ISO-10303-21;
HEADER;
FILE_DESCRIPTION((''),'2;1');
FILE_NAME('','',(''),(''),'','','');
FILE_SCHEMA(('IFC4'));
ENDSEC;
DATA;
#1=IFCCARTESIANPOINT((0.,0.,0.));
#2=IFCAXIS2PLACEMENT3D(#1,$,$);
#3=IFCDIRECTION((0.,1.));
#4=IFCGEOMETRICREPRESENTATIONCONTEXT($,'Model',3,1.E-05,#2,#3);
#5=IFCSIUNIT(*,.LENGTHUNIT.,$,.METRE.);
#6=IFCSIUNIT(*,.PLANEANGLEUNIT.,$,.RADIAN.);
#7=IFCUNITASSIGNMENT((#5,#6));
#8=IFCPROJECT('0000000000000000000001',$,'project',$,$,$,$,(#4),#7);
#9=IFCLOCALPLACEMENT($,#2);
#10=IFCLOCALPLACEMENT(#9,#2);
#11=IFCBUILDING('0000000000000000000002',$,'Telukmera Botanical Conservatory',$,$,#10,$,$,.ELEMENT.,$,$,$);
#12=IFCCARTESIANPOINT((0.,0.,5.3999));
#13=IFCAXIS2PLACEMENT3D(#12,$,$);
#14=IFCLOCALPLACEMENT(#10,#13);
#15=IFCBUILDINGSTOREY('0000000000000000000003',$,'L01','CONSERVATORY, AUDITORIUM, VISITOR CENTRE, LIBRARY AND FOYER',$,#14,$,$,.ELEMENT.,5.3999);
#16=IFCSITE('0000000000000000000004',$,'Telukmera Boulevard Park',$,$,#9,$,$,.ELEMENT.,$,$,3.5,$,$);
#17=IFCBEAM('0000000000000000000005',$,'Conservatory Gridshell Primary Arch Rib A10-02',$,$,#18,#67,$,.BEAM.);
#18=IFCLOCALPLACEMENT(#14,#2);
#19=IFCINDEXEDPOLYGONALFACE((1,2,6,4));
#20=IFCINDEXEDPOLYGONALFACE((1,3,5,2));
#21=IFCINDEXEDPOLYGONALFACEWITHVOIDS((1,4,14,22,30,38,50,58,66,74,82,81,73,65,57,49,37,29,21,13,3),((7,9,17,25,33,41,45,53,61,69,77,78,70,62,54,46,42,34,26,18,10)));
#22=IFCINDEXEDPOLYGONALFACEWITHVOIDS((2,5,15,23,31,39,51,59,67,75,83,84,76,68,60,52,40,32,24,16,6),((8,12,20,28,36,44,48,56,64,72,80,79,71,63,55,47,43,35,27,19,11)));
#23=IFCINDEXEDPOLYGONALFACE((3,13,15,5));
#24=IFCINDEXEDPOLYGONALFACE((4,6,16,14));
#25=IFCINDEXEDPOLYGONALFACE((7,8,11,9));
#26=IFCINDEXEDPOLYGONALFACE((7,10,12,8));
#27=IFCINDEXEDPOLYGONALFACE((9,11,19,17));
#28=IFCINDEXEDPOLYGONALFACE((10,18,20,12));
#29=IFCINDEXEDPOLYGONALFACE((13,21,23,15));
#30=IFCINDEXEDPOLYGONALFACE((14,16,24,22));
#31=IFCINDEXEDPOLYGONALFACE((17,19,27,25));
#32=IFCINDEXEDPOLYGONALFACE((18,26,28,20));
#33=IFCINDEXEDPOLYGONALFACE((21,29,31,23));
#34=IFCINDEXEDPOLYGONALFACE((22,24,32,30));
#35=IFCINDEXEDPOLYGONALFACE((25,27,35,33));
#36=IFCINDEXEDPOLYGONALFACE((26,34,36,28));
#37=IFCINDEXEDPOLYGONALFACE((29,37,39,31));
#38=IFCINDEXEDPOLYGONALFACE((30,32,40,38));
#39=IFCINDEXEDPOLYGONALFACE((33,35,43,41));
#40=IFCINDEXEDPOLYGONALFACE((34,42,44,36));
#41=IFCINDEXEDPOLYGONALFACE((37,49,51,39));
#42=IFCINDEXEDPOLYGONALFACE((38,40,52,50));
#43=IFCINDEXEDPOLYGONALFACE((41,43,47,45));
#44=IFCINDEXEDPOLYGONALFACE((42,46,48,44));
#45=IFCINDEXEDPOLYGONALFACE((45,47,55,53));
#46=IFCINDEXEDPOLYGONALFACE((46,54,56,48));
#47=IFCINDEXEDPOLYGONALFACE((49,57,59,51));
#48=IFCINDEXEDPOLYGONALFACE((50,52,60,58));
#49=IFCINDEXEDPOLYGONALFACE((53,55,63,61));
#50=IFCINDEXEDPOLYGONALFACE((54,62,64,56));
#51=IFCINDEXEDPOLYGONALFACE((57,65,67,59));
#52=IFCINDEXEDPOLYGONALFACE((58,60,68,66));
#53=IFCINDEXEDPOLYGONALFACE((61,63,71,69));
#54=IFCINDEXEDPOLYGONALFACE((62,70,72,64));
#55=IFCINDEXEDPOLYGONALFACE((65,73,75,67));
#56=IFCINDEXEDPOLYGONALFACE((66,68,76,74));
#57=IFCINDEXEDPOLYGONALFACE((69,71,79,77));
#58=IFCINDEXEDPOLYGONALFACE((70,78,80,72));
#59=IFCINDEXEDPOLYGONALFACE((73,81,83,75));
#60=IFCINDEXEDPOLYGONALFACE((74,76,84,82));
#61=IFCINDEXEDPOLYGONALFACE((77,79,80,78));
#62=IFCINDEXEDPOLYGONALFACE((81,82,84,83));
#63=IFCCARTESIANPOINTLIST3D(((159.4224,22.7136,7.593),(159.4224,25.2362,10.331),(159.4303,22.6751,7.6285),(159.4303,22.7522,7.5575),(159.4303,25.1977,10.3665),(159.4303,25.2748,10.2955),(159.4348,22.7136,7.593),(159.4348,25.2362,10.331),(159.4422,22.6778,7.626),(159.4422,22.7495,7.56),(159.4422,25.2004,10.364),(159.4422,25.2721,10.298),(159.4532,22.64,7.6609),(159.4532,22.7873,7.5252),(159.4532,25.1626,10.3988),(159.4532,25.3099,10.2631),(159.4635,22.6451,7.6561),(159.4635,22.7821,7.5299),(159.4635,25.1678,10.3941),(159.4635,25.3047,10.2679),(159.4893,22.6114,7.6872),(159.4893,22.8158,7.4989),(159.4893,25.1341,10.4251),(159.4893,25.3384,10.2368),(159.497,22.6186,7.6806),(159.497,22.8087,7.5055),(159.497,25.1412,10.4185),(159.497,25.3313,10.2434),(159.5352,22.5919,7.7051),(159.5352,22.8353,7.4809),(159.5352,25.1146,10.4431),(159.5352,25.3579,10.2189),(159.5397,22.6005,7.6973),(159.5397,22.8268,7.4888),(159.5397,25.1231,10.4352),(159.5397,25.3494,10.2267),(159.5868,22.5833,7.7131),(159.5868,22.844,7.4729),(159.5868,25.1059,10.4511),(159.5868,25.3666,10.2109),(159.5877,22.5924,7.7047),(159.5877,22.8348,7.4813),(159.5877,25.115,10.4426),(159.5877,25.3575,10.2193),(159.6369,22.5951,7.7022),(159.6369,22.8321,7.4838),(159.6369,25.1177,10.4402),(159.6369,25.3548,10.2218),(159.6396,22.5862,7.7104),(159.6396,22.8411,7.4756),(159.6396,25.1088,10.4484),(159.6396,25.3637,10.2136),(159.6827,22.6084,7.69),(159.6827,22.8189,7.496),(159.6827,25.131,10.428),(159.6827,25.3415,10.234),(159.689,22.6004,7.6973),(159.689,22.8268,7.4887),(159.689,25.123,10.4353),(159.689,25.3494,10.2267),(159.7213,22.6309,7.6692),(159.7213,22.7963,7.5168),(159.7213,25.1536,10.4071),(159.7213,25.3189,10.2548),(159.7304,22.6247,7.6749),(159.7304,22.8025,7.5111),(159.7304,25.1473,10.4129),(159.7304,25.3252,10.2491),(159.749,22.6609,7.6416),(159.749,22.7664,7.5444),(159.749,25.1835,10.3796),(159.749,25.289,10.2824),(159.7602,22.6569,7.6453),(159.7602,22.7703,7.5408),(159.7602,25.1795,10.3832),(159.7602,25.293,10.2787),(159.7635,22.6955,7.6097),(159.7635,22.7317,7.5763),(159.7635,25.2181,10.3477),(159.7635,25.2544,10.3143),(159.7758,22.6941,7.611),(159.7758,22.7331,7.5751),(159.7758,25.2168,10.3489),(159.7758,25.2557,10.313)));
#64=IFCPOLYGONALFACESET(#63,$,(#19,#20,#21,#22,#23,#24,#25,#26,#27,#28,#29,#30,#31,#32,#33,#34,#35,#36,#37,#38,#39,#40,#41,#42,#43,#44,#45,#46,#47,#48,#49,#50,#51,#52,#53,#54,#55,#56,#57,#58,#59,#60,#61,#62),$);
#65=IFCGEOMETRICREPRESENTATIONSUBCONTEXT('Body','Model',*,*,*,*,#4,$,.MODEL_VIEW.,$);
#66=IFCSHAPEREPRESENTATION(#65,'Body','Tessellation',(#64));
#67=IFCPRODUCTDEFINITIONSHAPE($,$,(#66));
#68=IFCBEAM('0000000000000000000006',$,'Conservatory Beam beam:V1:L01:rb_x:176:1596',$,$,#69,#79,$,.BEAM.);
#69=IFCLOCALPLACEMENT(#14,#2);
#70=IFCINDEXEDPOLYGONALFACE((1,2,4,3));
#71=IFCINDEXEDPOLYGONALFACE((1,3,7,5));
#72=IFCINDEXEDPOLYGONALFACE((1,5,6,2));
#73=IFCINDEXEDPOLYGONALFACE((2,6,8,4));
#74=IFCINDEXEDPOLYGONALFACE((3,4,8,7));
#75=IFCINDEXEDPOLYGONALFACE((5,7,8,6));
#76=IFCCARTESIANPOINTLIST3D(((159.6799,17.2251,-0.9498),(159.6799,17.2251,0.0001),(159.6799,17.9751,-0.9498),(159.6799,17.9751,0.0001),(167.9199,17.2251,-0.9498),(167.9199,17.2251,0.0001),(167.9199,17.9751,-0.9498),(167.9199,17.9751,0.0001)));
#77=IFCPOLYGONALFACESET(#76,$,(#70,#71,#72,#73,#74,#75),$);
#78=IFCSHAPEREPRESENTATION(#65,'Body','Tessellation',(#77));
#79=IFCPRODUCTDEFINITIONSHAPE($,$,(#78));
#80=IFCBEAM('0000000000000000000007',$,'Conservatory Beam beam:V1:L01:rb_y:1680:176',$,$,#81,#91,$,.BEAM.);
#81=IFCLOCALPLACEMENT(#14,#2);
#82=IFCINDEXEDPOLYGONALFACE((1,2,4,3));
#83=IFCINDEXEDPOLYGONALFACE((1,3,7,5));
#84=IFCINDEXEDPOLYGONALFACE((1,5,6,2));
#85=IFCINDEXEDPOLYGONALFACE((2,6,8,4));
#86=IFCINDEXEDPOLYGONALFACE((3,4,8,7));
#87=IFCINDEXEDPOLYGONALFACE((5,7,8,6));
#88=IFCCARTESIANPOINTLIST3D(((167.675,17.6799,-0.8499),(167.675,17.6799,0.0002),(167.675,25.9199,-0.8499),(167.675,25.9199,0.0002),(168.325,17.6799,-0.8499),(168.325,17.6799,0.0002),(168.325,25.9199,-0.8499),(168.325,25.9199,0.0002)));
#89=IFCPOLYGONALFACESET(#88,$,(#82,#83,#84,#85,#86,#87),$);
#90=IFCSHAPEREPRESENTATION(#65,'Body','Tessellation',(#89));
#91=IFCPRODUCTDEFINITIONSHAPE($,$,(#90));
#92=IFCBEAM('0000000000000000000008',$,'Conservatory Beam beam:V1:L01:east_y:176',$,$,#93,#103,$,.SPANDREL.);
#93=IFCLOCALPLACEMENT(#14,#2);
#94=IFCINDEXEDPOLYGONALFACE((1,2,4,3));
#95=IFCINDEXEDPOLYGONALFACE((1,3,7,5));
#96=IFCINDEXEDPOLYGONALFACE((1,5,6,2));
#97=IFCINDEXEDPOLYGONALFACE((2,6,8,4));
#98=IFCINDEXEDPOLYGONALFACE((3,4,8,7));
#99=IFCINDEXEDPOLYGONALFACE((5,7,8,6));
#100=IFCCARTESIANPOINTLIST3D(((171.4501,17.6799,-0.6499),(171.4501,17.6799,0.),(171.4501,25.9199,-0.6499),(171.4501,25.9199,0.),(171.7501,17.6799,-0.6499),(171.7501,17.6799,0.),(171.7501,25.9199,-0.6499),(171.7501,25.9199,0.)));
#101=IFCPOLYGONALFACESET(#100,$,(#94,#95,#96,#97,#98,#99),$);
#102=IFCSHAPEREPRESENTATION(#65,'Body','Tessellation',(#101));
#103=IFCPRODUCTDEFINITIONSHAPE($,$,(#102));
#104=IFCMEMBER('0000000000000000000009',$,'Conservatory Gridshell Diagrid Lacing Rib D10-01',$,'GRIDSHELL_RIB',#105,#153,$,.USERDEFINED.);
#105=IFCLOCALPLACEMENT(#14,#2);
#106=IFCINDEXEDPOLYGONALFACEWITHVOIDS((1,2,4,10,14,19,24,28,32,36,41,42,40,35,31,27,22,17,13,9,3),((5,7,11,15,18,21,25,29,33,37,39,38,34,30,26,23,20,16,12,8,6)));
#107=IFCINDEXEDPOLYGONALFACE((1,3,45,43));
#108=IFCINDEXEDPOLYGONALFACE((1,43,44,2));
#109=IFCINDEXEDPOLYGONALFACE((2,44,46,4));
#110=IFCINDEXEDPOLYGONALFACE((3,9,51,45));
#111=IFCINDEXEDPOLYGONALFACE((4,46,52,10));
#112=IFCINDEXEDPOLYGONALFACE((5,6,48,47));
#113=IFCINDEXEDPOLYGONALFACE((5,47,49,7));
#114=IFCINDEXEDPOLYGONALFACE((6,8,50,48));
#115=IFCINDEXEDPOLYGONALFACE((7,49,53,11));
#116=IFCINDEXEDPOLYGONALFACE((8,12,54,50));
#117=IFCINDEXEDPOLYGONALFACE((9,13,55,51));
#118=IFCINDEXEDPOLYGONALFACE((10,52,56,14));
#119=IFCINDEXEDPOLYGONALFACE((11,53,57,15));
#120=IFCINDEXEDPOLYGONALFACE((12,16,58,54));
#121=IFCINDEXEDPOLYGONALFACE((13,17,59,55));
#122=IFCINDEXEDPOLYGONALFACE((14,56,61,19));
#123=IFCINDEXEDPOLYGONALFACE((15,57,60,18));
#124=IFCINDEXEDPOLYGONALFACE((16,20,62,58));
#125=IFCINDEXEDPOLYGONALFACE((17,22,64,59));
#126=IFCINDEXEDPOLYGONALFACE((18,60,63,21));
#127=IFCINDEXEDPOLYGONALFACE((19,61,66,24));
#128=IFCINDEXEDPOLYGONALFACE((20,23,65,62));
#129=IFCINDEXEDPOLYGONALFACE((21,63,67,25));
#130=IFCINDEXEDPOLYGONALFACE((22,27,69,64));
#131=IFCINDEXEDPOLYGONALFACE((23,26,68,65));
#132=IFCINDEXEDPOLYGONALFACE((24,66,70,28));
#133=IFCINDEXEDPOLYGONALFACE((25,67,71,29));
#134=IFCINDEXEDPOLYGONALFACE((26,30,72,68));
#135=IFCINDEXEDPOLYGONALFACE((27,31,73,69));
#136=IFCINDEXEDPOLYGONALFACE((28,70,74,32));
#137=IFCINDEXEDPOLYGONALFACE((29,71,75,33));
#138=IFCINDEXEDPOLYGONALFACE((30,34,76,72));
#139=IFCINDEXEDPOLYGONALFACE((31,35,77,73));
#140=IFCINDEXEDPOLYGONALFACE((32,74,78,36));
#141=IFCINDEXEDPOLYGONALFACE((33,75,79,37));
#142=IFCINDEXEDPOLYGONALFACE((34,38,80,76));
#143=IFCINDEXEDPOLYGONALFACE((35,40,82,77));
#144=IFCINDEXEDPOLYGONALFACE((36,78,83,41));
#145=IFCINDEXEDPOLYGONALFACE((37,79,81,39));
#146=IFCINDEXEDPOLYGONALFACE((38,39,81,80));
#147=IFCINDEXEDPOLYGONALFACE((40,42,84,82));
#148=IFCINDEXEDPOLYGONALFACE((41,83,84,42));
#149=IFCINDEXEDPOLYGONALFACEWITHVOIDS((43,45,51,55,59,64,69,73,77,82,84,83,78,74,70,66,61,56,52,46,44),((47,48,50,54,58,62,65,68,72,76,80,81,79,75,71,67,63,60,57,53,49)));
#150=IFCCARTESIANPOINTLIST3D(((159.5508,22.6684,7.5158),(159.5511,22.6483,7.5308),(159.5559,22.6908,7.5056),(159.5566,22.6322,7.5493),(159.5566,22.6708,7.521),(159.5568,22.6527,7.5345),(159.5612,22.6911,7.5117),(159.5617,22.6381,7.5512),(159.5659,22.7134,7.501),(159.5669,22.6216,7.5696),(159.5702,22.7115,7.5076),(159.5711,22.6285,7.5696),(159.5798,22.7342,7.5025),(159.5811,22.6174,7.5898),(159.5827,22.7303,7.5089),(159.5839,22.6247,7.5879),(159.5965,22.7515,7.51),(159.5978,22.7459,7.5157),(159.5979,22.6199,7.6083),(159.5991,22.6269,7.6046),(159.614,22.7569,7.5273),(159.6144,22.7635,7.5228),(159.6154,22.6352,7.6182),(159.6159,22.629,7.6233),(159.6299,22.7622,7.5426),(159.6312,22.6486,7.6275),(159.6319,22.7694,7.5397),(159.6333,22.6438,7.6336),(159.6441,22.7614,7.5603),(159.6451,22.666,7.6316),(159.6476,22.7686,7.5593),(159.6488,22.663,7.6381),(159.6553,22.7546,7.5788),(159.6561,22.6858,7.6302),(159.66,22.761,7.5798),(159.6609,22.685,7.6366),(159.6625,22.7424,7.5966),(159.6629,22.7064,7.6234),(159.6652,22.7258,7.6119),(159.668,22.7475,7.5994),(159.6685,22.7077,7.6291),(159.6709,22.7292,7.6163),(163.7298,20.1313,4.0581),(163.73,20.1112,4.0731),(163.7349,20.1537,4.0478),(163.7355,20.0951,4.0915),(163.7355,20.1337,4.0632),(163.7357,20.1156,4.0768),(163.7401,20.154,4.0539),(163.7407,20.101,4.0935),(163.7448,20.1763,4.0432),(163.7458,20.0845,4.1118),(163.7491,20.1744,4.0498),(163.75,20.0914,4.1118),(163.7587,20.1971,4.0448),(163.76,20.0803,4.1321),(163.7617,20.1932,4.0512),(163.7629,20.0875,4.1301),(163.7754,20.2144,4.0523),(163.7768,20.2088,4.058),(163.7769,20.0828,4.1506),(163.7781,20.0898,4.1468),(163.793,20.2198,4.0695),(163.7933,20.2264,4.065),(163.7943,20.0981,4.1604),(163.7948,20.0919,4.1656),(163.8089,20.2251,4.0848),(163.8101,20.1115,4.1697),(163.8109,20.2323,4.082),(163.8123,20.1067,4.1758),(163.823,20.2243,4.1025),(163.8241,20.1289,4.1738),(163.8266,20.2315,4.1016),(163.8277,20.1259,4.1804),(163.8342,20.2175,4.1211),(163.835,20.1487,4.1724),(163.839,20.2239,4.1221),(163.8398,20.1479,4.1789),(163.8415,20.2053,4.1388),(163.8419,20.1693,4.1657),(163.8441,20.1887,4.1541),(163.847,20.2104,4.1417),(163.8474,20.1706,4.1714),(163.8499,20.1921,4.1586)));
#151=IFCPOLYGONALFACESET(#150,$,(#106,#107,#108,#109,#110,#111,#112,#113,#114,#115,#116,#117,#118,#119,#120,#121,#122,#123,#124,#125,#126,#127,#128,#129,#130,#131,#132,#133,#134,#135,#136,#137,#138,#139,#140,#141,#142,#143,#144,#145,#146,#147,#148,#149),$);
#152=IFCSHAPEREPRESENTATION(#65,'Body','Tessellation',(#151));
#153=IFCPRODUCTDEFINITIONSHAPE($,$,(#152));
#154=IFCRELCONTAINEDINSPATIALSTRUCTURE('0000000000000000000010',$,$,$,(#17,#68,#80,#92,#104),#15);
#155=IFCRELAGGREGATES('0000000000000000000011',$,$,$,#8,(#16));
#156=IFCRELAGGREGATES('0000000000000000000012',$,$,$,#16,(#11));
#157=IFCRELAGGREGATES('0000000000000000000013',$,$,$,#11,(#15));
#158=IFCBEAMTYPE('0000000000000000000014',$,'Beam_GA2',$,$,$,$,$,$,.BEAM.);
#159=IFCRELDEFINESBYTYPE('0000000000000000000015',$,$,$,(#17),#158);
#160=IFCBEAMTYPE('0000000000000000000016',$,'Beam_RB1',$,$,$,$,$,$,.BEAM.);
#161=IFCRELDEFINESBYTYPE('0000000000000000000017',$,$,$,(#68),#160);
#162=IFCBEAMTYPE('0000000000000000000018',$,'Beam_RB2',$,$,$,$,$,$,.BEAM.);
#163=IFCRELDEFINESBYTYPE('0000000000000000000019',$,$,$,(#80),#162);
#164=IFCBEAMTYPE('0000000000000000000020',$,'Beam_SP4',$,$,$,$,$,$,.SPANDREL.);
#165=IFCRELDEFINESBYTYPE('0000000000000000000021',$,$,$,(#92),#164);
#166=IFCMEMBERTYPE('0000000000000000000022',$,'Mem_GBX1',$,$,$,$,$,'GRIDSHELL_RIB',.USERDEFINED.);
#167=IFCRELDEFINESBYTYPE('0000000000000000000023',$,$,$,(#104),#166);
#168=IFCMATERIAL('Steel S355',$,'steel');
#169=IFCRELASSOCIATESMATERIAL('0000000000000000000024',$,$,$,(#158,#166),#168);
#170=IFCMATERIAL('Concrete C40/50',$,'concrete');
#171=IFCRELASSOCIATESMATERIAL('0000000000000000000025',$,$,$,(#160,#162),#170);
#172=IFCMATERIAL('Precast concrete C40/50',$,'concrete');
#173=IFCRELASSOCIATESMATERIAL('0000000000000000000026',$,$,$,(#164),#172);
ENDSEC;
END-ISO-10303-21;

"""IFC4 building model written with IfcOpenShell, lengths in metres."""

from ifc_helpers import new_model, si_unit, direction, frame, origin, origin_2d, place, context, subcontext, project, spatial, rectangle, hollow_circle, extrude, material, material_profile, profile_set, type_object, element, save


model = new_model("IFC4")

# Units and contexts
model_context = context("Model", 3, precision=1e-05, world=origin(), true_north=direction((0.0, 1.0)))
body_context = subcontext(model_context, "Body", "Model", "MODEL_VIEW")
ifc_project = project(units=[si_unit("LENGTHUNIT", "METRE"), si_unit("PLANEANGLEUNIT", "RADIAN")], contexts=[model_context])

# Site, building, storey
site_placement = place(None, origin())
site = spatial("IfcSite", under=ifc_project, at=site_placement, Name="Telukmera Boulevard Park", CompositionType="ELEMENT", RefElevation=3.5)
building_placement = place(site_placement, origin())
building = spatial("IfcBuilding", under=site, at=building_placement, Name="Telukmera Botanical Conservatory", CompositionType="ELEMENT")
storey_placement = place(building_placement, frame((0.0, 0.0, 5.3999)))
storey = spatial("IfcBuildingStorey", under=building, at=storey_placement, Name="L01", Description="CONSERVATORY, AUDITORIUM, VISITOR CENTRE, LIBRARY AND FOYER", CompositionType="ELEMENT", Elevation=5.3999)

# Beams
ifc_material_1 = material(Name="Concrete C40/50", Category="concrete")
ifc_material_2 = material(Name="Steel S355", Category="steel")
ifc_material_profile_1 = material_profile(ifc_material_2, hollow_circle(Radius=0.1777, WallThickness=0.0125, at=origin_2d()), Name="CHS 355.6x12.5")
ifc_profile_set_1 = profile_set([ifc_material_profile_1], Name="Steel S355")
beam_type_1 = type_object("IfcBeamType", Name="Beam_GA2", PredefinedType="BEAM", material=ifc_profile_set_1)
beam_1_placement = place(storey_placement, frame((159.6001, 22.7136, 7.593), z_axis=(0.0, 0.677596, 0.735434), x_axis=(-1.0, 0.0, 0.0)))
element("IfcBeam", 1, at=beam_1_placement, inside=storey, type_object=beam_type_1, Name="Conservatory Gridshell Primary Arch Rib A10-02", PredefinedType="BEAM", context=body_context, shape_type="SweptSolid", body=[
    extrude(hollow_circle(Radius=0.1777, WallThickness=0.0125, at=origin_2d()), origin(), (0.0, 0.0, 1.0), 3.7229),
])
ifc_material_profile_2 = material_profile(ifc_material_1, rectangle(XDim=0.75, YDim=0.95, at=origin_2d()), Name="RC 750x950")
ifc_profile_set_2 = profile_set([ifc_material_profile_2], Name="Concrete C40/50")
beam_type_2 = type_object("IfcBeamType", Name="Beam_RB1", PredefinedType="BEAM", material=ifc_profile_set_2)
beam_2_placement = place(storey_placement, frame((159.6799, 17.6001, -0.4749), z_axis=(1.0, 0.0, 0.0), x_axis=(0.0, 1.0, 0.0)))
element("IfcBeam", 2, at=beam_2_placement, inside=storey, type_object=beam_type_2, Name="Conservatory Beam beam:V1:L01:rb_x:176:1596", PredefinedType="BEAM", context=body_context, shape_type="SweptSolid", body=[
    extrude(rectangle(XDim=0.75, YDim=0.95, at=origin_2d()), origin(), (0.0, 0.0, 1.0), 8.24),
])
ifc_material_profile_3 = material_profile(ifc_material_1, rectangle(XDim=0.6499, YDim=0.8501, at=origin_2d()), Name="RC 650x850")
ifc_profile_set_3 = profile_set([ifc_material_profile_3], Name="Concrete C40/50")
beam_type_3 = type_object("IfcBeamType", Name="Beam_RB2", PredefinedType="BEAM", material=ifc_profile_set_3)
beam_3_placement = place(storey_placement, frame((168.0, 17.6799, -0.4248), z_axis=(0.0, 1.0, 0.0), x_axis=(-1.0, 0.0, 0.0)))
element("IfcBeam", 3, at=beam_3_placement, inside=storey, type_object=beam_type_3, Name="Conservatory Beam beam:V1:L01:rb_y:1680:176", PredefinedType="BEAM", context=body_context, shape_type="SweptSolid", body=[
    extrude(rectangle(XDim=0.6499, YDim=0.8501, at=origin_2d()), origin(), (0.0, 0.0, 1.0), 8.24),
])
ifc_material_3 = material(Name="Precast concrete C40/50", Category="concrete")
ifc_material_profile_4 = material_profile(ifc_material_3, rectangle(XDim=0.3, YDim=0.6499, at=origin_2d()), Name="PC 300x650")
ifc_profile_set_4 = profile_set([ifc_material_profile_4], Name="Precast concrete C40/50")
beam_type_4 = type_object("IfcBeamType", Name="Beam_SP4", PredefinedType="SPANDREL", material=ifc_profile_set_4)
beam_4_placement = place(storey_placement, frame((171.6001, 17.6799, -0.325), z_axis=(0.0, 1.0, 0.0), x_axis=(-1.0, 0.0, 0.0)))
element("IfcBeam", 4, at=beam_4_placement, inside=storey, type_object=beam_type_4, Name="Conservatory Beam beam:V1:L01:east_y:176", PredefinedType="SPANDREL", context=body_context, shape_type="SweptSolid", body=[
    extrude(rectangle(XDim=0.3, YDim=0.6499, at=origin_2d()), origin(), (0.0, 0.0, 1.0), 8.24),
])

# Member
ifc_material_profile_5 = material_profile(ifc_material_2, hollow_circle(Radius=0.0842, WallThickness=0.0081, at=origin_2d()), Name="CHS 168.3x8.0")
ifc_profile_set_5 = profile_set([ifc_material_profile_5], Name="Steel S355")
member_type_1 = type_object("IfcMemberType", Name="Mem_GBX1", ElementType="GRIDSHELL_RIB", PredefinedType="USERDEFINED", material=ifc_profile_set_5)
member_1_placement = place(storey_placement, frame((163.7896, 20.1565, 4.1118), z_axis=(-0.697883, 0.423696, 0.577444), x_axis=(-0.518961, -0.854798, 0.0)))
element("IfcMember", 5, at=member_1_placement, inside=storey, type_object=member_type_1, Name="Conservatory Gridshell Diagrid Lacing Rib D10-01", ObjectType="GRIDSHELL_RIB", PredefinedType="USERDEFINED", context=body_context, shape_type="SweptSolid", body=[
    extrude(hollow_circle(Radius=0.0842, WallThickness=0.0081, at=origin_2d()), origin(), (0.0, 0.0, 1.0), 5.988),
])

save(model, "model.ifc")
